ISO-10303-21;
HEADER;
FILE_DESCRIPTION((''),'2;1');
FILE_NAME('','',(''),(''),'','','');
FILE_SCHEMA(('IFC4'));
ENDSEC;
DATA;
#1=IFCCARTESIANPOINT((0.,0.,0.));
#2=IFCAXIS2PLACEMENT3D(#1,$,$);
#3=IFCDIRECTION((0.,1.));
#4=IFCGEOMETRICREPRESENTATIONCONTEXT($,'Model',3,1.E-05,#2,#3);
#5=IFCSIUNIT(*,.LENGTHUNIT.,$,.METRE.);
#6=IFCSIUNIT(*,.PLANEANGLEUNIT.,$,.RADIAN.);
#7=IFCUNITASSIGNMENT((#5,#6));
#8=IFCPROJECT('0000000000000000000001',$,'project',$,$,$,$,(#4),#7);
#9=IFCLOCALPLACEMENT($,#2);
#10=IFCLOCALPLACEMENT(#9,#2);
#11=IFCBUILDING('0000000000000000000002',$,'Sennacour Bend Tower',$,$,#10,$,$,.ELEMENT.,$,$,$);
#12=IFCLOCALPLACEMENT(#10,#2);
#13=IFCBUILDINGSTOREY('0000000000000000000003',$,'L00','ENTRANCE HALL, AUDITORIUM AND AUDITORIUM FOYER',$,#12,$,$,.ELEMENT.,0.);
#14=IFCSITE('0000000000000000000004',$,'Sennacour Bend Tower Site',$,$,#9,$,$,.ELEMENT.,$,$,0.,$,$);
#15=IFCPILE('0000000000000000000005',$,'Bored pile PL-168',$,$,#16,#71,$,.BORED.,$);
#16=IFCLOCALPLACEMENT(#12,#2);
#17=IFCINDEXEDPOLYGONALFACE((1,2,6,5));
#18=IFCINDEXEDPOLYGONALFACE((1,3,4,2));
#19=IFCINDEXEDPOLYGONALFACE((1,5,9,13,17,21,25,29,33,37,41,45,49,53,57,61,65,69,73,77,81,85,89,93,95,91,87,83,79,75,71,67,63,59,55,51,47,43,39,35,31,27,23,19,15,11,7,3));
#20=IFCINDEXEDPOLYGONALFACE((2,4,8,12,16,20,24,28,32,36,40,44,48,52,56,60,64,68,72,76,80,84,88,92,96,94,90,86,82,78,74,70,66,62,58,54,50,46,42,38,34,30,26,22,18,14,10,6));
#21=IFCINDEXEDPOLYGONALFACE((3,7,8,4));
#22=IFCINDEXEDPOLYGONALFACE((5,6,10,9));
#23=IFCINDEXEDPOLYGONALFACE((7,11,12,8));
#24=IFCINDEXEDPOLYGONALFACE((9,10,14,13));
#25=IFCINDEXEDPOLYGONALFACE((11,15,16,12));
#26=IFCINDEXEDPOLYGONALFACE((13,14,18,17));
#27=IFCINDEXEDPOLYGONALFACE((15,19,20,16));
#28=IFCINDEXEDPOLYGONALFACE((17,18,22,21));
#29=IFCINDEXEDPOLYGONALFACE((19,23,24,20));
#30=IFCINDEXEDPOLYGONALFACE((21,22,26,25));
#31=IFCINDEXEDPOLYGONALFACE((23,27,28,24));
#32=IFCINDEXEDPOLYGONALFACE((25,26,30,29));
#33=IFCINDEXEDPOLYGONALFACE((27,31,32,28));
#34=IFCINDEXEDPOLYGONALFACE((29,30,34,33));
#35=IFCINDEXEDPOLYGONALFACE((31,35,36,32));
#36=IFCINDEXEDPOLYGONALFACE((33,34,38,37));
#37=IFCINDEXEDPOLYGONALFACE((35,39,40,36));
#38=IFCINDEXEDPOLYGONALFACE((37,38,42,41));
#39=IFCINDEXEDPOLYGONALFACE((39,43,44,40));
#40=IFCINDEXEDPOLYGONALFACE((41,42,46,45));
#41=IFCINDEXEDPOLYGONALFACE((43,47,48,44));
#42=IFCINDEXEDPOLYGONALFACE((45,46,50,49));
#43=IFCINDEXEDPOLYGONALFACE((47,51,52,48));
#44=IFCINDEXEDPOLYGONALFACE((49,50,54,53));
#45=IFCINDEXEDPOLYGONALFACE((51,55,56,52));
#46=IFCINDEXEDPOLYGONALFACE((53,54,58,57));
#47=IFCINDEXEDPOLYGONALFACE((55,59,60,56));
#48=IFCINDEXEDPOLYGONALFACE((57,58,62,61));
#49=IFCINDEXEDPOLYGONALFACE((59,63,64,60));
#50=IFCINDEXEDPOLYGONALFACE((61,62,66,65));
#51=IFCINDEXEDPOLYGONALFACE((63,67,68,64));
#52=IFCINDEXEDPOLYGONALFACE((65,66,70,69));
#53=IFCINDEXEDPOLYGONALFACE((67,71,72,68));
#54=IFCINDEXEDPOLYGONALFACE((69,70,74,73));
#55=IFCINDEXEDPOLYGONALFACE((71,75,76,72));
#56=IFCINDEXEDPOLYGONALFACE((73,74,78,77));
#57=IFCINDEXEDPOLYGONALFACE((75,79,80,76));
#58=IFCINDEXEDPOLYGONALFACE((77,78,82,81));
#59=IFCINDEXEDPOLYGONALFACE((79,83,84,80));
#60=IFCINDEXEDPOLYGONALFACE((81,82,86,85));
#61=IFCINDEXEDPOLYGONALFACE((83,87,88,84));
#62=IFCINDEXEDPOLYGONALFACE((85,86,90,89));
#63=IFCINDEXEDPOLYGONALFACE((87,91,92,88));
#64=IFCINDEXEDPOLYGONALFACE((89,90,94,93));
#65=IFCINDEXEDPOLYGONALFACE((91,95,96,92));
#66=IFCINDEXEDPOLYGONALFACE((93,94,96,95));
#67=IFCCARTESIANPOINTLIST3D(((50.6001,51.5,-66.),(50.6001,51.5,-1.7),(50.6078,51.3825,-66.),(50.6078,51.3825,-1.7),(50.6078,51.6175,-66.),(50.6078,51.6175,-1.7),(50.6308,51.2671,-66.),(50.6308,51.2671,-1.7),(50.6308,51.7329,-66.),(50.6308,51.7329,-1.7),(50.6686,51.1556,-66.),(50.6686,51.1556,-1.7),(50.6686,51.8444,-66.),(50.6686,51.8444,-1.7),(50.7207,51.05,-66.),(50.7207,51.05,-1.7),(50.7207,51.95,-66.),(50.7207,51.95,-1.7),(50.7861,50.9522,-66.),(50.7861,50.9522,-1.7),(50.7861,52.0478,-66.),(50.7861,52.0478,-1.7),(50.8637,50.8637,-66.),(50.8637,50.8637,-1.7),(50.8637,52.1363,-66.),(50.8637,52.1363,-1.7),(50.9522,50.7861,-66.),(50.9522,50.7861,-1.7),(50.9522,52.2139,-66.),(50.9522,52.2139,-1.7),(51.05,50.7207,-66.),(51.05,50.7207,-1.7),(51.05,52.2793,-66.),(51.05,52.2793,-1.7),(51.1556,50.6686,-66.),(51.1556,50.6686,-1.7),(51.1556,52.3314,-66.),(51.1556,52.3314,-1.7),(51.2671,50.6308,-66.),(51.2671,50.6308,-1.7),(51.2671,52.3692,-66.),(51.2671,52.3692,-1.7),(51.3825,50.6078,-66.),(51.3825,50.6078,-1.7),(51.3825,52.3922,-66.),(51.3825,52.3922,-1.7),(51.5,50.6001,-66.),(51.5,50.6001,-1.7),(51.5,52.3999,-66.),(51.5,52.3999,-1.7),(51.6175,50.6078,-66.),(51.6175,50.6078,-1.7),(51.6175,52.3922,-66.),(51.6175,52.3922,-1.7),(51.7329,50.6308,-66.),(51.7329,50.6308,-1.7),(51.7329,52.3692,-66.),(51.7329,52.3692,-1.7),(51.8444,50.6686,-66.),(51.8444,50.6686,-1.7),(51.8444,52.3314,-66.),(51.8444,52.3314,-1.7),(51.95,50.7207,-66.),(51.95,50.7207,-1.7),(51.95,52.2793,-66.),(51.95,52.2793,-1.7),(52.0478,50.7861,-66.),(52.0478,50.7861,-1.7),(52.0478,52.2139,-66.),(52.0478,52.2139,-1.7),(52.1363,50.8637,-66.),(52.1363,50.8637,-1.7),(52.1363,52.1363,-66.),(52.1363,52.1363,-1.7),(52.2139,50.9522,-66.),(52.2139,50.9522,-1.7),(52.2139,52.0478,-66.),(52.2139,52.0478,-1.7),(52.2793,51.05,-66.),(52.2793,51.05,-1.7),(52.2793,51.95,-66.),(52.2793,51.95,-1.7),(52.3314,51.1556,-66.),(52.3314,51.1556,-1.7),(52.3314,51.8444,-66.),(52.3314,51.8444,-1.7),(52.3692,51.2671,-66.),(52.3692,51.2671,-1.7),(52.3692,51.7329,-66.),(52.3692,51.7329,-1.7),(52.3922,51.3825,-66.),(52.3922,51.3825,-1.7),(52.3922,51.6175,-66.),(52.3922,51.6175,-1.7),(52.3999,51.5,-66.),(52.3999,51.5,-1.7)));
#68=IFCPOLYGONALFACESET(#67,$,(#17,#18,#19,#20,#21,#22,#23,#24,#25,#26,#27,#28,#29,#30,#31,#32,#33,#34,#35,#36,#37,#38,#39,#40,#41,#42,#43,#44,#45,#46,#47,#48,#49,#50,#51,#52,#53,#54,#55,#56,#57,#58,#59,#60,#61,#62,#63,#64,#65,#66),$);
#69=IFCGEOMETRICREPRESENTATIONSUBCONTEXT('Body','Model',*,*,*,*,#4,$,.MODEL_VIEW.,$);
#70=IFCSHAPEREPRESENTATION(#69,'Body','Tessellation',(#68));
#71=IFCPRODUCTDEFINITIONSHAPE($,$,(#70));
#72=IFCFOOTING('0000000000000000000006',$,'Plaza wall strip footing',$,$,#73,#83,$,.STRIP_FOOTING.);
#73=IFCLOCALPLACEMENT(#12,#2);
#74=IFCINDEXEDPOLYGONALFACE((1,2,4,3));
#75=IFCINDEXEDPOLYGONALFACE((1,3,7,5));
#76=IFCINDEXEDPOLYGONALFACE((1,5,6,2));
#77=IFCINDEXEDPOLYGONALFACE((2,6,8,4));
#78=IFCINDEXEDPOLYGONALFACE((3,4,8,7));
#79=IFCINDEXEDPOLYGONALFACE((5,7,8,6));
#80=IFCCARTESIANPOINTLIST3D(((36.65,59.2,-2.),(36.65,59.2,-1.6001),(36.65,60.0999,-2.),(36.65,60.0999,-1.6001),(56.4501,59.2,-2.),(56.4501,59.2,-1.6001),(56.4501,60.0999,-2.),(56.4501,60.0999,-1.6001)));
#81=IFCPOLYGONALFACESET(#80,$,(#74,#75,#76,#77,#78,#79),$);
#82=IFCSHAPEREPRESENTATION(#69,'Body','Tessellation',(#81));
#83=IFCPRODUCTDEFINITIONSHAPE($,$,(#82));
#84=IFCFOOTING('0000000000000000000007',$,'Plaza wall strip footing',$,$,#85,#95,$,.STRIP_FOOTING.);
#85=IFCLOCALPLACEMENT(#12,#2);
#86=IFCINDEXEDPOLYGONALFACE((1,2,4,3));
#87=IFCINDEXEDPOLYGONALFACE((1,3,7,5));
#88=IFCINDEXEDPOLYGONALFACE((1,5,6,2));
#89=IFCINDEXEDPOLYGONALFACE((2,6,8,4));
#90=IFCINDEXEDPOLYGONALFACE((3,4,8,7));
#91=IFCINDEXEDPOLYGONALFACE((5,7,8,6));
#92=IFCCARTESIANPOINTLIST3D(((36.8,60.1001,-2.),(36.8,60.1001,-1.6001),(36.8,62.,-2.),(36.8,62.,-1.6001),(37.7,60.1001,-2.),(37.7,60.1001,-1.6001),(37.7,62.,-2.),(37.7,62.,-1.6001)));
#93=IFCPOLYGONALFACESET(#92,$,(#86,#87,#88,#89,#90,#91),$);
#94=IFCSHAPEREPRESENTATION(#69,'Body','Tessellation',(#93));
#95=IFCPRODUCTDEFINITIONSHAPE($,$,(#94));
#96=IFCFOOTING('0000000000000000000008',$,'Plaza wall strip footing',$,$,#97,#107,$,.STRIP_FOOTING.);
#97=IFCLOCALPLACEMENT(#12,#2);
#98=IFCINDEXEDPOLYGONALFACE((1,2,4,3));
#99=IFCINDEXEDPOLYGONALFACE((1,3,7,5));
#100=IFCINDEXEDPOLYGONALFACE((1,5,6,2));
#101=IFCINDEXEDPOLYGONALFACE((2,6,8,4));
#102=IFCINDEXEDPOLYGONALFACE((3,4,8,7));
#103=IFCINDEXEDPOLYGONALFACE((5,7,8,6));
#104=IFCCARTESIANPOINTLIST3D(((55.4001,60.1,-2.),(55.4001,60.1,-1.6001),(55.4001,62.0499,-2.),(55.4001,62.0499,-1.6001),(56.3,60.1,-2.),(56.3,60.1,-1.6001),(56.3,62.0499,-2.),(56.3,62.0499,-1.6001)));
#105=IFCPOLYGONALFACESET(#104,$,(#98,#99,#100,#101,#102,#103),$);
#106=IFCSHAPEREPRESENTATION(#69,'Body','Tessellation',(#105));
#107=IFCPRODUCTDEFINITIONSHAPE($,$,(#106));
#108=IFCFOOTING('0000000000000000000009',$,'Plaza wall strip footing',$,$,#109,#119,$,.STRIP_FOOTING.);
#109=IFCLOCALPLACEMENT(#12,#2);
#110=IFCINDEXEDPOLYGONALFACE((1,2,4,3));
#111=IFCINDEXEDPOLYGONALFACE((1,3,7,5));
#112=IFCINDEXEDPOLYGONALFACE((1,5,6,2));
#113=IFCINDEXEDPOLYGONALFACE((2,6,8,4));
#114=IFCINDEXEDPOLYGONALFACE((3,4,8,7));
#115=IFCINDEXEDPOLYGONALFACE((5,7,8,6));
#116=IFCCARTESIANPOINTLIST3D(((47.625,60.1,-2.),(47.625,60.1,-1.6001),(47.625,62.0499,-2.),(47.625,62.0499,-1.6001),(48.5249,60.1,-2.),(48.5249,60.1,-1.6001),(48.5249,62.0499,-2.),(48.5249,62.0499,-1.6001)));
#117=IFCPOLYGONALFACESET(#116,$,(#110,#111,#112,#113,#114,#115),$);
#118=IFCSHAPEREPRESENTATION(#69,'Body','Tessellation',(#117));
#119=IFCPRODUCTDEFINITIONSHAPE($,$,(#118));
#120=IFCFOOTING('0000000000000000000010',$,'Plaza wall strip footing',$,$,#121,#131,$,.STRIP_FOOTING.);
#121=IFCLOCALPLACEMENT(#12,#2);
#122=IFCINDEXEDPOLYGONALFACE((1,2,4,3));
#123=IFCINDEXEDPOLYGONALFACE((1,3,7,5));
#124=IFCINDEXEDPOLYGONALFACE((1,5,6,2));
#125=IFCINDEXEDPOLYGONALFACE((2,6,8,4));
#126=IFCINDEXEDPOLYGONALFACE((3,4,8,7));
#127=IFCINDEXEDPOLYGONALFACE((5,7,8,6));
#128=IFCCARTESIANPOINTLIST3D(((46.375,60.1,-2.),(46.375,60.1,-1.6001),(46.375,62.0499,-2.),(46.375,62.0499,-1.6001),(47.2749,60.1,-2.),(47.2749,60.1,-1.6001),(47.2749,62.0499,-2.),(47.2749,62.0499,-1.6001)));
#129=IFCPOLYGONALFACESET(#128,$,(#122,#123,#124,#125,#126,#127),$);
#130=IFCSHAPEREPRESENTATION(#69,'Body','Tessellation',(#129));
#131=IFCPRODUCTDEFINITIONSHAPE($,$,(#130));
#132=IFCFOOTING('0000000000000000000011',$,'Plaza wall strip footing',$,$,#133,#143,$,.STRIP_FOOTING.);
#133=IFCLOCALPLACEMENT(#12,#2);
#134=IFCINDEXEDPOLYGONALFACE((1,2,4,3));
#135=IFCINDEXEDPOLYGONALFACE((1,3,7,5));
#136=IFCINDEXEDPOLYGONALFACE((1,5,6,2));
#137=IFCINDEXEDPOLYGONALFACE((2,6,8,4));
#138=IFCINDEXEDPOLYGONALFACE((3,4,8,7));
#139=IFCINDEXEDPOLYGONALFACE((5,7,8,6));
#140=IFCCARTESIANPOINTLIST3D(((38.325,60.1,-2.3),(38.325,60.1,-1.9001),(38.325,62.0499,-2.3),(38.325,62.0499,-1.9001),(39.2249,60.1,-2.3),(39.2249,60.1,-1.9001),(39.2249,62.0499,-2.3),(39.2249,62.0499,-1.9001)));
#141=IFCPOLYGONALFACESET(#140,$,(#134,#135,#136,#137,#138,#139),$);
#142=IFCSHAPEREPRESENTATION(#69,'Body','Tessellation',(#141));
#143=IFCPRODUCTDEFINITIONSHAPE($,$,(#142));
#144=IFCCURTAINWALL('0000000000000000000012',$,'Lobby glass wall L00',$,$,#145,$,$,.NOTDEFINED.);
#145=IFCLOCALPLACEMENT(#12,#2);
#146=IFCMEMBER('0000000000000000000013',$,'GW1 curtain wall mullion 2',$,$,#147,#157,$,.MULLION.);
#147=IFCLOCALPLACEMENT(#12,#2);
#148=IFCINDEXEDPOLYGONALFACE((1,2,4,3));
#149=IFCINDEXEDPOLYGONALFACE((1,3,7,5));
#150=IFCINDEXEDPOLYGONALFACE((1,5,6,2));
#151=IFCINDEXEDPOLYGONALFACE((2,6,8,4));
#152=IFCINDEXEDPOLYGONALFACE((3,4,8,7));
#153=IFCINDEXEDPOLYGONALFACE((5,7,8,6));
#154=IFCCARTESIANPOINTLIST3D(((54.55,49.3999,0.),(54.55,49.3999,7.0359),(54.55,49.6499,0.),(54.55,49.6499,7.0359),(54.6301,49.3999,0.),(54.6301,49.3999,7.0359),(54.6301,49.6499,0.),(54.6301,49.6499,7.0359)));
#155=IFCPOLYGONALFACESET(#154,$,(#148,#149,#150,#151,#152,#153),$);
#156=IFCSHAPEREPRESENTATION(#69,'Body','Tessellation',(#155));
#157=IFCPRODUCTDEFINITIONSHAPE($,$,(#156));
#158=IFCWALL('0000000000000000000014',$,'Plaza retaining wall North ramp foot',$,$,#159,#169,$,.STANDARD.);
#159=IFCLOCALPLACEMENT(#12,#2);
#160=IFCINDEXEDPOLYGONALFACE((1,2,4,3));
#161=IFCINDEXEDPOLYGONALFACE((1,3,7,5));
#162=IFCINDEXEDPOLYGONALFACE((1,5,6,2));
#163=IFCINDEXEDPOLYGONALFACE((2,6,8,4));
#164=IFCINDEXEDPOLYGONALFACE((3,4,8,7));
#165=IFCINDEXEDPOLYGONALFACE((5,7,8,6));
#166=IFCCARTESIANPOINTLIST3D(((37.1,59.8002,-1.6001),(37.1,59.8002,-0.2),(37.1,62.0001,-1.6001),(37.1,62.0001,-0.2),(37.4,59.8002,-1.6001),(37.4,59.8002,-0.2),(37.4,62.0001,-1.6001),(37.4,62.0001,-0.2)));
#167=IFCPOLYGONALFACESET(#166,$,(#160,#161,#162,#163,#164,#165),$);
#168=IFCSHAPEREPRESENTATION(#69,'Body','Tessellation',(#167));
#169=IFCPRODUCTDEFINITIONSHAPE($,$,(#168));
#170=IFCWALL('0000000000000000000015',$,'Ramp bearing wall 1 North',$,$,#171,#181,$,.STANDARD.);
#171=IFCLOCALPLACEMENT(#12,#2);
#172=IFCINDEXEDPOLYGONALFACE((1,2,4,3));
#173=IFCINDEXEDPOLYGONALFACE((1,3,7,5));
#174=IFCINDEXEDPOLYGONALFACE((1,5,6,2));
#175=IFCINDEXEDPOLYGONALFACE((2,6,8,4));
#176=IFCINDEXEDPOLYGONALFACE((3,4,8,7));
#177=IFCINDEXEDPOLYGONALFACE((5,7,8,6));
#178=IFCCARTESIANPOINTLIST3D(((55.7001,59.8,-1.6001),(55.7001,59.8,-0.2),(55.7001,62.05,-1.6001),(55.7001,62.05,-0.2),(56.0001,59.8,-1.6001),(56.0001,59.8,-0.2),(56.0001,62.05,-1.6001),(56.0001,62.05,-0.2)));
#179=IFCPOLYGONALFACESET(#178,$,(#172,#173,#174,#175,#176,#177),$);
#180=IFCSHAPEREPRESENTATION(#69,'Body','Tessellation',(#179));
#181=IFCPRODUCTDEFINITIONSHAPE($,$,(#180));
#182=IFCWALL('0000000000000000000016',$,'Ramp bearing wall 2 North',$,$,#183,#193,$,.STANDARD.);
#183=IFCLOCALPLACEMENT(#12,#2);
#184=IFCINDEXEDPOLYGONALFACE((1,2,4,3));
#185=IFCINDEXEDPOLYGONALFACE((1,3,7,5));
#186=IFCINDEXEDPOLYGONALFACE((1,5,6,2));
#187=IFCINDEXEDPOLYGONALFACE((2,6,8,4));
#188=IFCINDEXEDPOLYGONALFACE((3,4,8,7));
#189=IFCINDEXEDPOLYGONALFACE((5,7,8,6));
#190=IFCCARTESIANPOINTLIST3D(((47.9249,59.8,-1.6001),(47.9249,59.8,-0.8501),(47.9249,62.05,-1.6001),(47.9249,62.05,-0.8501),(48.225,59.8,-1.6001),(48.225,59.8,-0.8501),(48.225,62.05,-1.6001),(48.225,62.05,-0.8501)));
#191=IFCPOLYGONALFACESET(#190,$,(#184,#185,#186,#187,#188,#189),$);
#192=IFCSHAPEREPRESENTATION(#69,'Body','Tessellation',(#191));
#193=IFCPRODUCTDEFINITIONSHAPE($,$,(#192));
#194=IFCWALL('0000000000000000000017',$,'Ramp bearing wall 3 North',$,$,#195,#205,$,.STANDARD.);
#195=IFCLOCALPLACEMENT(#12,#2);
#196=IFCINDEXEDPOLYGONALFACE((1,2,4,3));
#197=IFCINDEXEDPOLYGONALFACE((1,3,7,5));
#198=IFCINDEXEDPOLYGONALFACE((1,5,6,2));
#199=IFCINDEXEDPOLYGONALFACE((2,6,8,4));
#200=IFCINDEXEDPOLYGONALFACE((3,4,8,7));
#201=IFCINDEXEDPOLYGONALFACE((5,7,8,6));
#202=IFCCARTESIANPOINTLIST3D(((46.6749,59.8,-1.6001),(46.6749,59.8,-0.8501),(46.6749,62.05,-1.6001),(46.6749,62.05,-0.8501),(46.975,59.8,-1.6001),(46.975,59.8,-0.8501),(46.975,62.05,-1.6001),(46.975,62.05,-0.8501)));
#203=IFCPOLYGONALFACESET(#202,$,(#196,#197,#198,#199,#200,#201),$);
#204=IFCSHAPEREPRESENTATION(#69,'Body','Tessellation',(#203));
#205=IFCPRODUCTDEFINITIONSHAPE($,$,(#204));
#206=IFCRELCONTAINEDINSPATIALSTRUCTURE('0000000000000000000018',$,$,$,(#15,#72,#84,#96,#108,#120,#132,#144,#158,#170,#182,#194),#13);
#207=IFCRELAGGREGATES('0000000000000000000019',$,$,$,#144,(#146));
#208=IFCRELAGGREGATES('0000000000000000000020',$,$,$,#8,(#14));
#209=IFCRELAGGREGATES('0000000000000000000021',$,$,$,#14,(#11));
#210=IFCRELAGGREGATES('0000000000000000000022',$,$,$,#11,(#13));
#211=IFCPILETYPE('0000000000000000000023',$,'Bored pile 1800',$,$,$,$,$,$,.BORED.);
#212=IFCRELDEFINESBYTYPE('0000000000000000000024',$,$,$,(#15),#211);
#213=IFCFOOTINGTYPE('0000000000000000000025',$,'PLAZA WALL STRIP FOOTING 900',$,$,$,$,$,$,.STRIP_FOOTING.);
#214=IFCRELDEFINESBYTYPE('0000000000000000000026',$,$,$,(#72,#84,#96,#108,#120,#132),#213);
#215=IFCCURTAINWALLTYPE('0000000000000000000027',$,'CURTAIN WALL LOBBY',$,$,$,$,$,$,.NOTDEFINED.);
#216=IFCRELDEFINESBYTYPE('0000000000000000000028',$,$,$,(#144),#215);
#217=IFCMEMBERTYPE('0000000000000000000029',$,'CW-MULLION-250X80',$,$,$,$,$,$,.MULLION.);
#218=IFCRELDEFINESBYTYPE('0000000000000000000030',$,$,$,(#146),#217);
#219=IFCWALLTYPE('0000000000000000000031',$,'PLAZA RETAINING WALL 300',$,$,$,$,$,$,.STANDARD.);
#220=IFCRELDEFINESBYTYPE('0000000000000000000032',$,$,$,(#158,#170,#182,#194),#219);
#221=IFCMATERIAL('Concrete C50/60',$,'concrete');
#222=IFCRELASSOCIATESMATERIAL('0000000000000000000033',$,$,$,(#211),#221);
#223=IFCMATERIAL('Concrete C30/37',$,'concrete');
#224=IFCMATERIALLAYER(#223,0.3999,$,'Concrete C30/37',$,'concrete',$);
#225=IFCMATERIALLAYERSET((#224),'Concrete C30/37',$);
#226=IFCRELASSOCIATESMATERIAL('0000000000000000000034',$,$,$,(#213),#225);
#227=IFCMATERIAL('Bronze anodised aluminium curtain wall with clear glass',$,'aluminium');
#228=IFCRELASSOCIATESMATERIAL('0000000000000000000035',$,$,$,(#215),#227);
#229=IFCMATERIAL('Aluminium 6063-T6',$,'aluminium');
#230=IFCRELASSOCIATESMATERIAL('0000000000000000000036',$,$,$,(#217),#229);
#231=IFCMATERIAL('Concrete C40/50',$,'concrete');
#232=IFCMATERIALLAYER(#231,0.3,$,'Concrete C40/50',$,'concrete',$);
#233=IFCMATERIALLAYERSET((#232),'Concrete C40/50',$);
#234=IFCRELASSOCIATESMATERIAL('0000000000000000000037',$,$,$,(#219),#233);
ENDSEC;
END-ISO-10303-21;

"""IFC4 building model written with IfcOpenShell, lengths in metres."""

from ifc_helpers import new_model, si_unit, direction, frame, frame_2d, origin, origin_2d, place, context, subcontext, project, spatial, rectangle, circle, extrude, material, layer, layer_set, material_profile, profile_set, type_object, element, aggregate, save


model = new_model("IFC4")

# Units and contexts
model_context = context("Model", 3, precision=1e-05, world=origin(), true_north=direction((0.0, 1.0)))
body_context = subcontext(model_context, "Body", "Model", "MODEL_VIEW")
ifc_project = project(units=[si_unit("LENGTHUNIT", "METRE"), si_unit("PLANEANGLEUNIT", "RADIAN")], contexts=[model_context])

# Site, building, storey
site_placement = place(None, origin())
site = spatial("IfcSite", under=ifc_project, at=site_placement, Name="Sennacour Bend Tower Site", CompositionType="ELEMENT", RefElevation=0.0)
building_placement = place(site_placement, origin())
building = spatial("IfcBuilding", under=site, at=building_placement, Name="Sennacour Bend Tower", CompositionType="ELEMENT")
storey_placement = place(building_placement, origin())
storey = spatial("IfcBuildingStorey", under=building, at=storey_placement, Name="L00", Description="ENTRANCE HALL, AUDITORIUM AND AUDITORIUM FOYER", CompositionType="ELEMENT", Elevation=0.0)

# Pile
ifc_material_1 = material(Name="Concrete C50/60", Category="concrete")
ifc_material_profile_1 = material_profile(ifc_material_1, circle(Radius=0.8999, at=origin_2d()), Name="Concrete C50/60", Category="concrete")
ifc_profile_set_1 = profile_set([ifc_material_profile_1], Name="Concrete C50/60")
pile_type = type_object("IfcPileType", Name="Bored pile 1800", PredefinedType="BORED", material=ifc_profile_set_1)
for number, where, z_axis, x_axis, name in (
    (1, (51.5, 51.5, -1.7), (0.0, 0.0, -1.0), (1.0, 0.0, 0.0), "Bored pile PL-168"),
):
    element("IfcPile", number, at=place(storey_placement, frame(where, z_axis=z_axis, x_axis=x_axis)), inside=storey, type_object=pile_type, Name=name, PredefinedType="BORED", context=body_context, shape_type="SweptSolid", body=[
        extrude(circle(Radius=0.8999, at=origin_2d()), origin(), (0.0, 0.0, 1.0), 64.3),
    ])

# Footings
ifc_material_2 = material(Name="Concrete C30/37", Category="concrete")
ifc_layer_1 = layer(ifc_material_2, 0.3999, Name="Concrete C30/37", Category="concrete")
ifc_layer_set_1 = layer_set([ifc_layer_1], Name="Concrete C30/37")
footing_type = type_object("IfcFootingType", Name="PLAZA WALL STRIP FOOTING 900", PredefinedType="STRIP_FOOTING", material=ifc_layer_set_1)
footing_1_placement = place(storey_placement, frame((46.55, 59.6499, -2.0), z_axis=(0.0, 0.0, 1.0), x_axis=(1.0, 0.0, 0.0)))
element("IfcFooting", 2, at=footing_1_placement, inside=storey, type_object=footing_type, Name="Plaza wall strip footing", PredefinedType="STRIP_FOOTING", context=body_context, shape_type="SweptSolid", body=[
    extrude(rectangle(XDim=19.8, YDim=0.8999, at=origin_2d()), origin(), (0.0, 0.0, 1.0), 0.3999),
])
footing_2_placement = place(storey_placement, frame((37.25, 61.05, -2.0), z_axis=(0.0, 0.0, 1.0), x_axis=(1.0, 0.0, 0.0)))
element("IfcFooting", 3, at=footing_2_placement, inside=storey, type_object=footing_type, Name="Plaza wall strip footing", PredefinedType="STRIP_FOOTING", context=body_context, shape_type="SweptSolid", body=[
    extrude(rectangle(XDim=0.8999, YDim=1.8999, at=origin_2d()), origin(), (0.0, 0.0, 1.0), 0.3999),
])
for number, where, z_axis, x_axis, name in (
    (4, (55.8501, 61.075, -2.0), (0.0, 0.0, 1.0), (1.0, 0.0, 0.0), "Plaza wall strip footing"),
    (5, (48.075, 61.075, -2.0), (0.0, 0.0, 1.0), (1.0, 0.0, 0.0), "Plaza wall strip footing"),
    (6, (46.825, 61.075, -2.0), (0.0, 0.0, 1.0), (1.0, 0.0, 0.0), "Plaza wall strip footing"),
    (7, (38.7749, 61.075, -2.3), (0.0, 0.0, 1.0), (1.0, 0.0, 0.0), "Plaza wall strip footing"),
):
    element("IfcFooting", number, at=place(storey_placement, frame(where, z_axis=z_axis, x_axis=x_axis)), inside=storey, type_object=footing_type, Name=name, PredefinedType="STRIP_FOOTING", context=body_context, shape_type="SweptSolid", body=[
        extrude(rectangle(XDim=0.8999, YDim=1.95, at=origin_2d()), origin(), (0.0, 0.0, 1.0), 0.3999),
    ])

# Curtain wall, member
ifc_material_3 = material(Name="Bronze anodised aluminium curtain wall with clear glass", Category="aluminium")
curtain_wall_type = type_object("IfcCurtainWallType", Name="CURTAIN WALL LOBBY", PredefinedType="NOTDEFINED", material=ifc_material_3)
curtain_wall_placement = place(storey_placement, origin())
curtain_wall = element("IfcCurtainWall", 8, at=curtain_wall_placement, inside=storey, type_object=curtain_wall_type, Name="Lobby glass wall L00", PredefinedType="NOTDEFINED")
ifc_material_4 = material(Name="Aluminium 6063-T6", Category="aluminium")
ifc_material_profile_2 = material_profile(ifc_material_4, rectangle(XDim=0.25, YDim=0.0801, at=origin_2d()), Name="Aluminium 6063-T6", Category="aluminium")
ifc_profile_set_2 = profile_set([ifc_material_profile_2], Name="Aluminium 6063-T6")
member_type = type_object("IfcMemberType", Name="CW-MULLION-250X80", PredefinedType="MULLION", material=ifc_profile_set_2)
member_placement = place(storey_placement, frame((54.5901, 49.5249, 0.0), z_axis=(0.0, 0.0, 1.0), x_axis=(0.0, -1.0, 0.0)))
member = element("IfcMember", 9, at=member_placement, type_object=member_type, Name="GW1 curtain wall mullion 2", PredefinedType="MULLION", context=body_context, shape_type="SweptSolid", body=[
    extrude(rectangle(XDim=0.25, YDim=0.0801, at=origin_2d()), origin(), (0.0, 0.0, 1.0), 7.0359),
])
aggregate(curtain_wall, [member])

# Walls
ifc_material_5 = material(Name="Concrete C40/50", Category="concrete")
ifc_layer_2 = layer(ifc_material_5, 0.3, Name="Concrete C40/50", Category="concrete")
ifc_layer_set_2 = layer_set([ifc_layer_2], Name="Concrete C40/50")
wall_type = type_object("IfcWallType", Name="PLAZA RETAINING WALL 300", PredefinedType="STANDARD", material=ifc_layer_set_2)
wall_1_placement = place(storey_placement, frame((37.25, 59.8, -1.6001), z_axis=(0.0, 0.0, 1.0), x_axis=(0.0, 1.0, 0.0)))
element("IfcWall", 10, at=wall_1_placement, inside=storey, type_object=wall_type, Name="Plaza retaining wall North ramp foot", PredefinedType="STANDARD", context=body_context, shape_type="SweptSolid", body=[
    extrude(rectangle(XDim=2.2, YDim=0.3, at=frame_2d((1.1001, 0.0))), origin(), (0.0, 0.0, 1.0), 1.4001),
])
wall_2_placement = place(storey_placement, frame((55.8501, 59.8, -1.6001), z_axis=(0.0, 0.0, 1.0), x_axis=(0.0, 1.0, 0.0)))
element("IfcWall", 11, at=wall_2_placement, inside=storey, type_object=wall_type, Name="Ramp bearing wall 1 North", PredefinedType="STANDARD", context=body_context, shape_type="SweptSolid", body=[
    extrude(rectangle(XDim=2.25, YDim=0.3, at=frame_2d((1.125, 0.0))), origin(), (0.0, 0.0, 1.0), 1.4001),
])
for number, where, z_axis, x_axis, name in (
    (12, (48.075, 59.8, -1.6001), (0.0, 0.0, 1.0), (0.0, 1.0, 0.0), "Ramp bearing wall 2 North"),
    (13, (46.825, 59.8, -1.6001), (0.0, 0.0, 1.0), (0.0, 1.0, 0.0), "Ramp bearing wall 3 North"),
):
    element("IfcWall", number, at=place(storey_placement, frame(where, z_axis=z_axis, x_axis=x_axis)), inside=storey, type_object=wall_type, Name=name, PredefinedType="STANDARD", context=body_context, shape_type="SweptSolid", body=[
        extrude(rectangle(XDim=2.25, YDim=0.3, at=frame_2d((1.125, 0.0))), origin(), (0.0, 0.0, 1.0), 0.75),
    ])

save(model, "model.ifc")
